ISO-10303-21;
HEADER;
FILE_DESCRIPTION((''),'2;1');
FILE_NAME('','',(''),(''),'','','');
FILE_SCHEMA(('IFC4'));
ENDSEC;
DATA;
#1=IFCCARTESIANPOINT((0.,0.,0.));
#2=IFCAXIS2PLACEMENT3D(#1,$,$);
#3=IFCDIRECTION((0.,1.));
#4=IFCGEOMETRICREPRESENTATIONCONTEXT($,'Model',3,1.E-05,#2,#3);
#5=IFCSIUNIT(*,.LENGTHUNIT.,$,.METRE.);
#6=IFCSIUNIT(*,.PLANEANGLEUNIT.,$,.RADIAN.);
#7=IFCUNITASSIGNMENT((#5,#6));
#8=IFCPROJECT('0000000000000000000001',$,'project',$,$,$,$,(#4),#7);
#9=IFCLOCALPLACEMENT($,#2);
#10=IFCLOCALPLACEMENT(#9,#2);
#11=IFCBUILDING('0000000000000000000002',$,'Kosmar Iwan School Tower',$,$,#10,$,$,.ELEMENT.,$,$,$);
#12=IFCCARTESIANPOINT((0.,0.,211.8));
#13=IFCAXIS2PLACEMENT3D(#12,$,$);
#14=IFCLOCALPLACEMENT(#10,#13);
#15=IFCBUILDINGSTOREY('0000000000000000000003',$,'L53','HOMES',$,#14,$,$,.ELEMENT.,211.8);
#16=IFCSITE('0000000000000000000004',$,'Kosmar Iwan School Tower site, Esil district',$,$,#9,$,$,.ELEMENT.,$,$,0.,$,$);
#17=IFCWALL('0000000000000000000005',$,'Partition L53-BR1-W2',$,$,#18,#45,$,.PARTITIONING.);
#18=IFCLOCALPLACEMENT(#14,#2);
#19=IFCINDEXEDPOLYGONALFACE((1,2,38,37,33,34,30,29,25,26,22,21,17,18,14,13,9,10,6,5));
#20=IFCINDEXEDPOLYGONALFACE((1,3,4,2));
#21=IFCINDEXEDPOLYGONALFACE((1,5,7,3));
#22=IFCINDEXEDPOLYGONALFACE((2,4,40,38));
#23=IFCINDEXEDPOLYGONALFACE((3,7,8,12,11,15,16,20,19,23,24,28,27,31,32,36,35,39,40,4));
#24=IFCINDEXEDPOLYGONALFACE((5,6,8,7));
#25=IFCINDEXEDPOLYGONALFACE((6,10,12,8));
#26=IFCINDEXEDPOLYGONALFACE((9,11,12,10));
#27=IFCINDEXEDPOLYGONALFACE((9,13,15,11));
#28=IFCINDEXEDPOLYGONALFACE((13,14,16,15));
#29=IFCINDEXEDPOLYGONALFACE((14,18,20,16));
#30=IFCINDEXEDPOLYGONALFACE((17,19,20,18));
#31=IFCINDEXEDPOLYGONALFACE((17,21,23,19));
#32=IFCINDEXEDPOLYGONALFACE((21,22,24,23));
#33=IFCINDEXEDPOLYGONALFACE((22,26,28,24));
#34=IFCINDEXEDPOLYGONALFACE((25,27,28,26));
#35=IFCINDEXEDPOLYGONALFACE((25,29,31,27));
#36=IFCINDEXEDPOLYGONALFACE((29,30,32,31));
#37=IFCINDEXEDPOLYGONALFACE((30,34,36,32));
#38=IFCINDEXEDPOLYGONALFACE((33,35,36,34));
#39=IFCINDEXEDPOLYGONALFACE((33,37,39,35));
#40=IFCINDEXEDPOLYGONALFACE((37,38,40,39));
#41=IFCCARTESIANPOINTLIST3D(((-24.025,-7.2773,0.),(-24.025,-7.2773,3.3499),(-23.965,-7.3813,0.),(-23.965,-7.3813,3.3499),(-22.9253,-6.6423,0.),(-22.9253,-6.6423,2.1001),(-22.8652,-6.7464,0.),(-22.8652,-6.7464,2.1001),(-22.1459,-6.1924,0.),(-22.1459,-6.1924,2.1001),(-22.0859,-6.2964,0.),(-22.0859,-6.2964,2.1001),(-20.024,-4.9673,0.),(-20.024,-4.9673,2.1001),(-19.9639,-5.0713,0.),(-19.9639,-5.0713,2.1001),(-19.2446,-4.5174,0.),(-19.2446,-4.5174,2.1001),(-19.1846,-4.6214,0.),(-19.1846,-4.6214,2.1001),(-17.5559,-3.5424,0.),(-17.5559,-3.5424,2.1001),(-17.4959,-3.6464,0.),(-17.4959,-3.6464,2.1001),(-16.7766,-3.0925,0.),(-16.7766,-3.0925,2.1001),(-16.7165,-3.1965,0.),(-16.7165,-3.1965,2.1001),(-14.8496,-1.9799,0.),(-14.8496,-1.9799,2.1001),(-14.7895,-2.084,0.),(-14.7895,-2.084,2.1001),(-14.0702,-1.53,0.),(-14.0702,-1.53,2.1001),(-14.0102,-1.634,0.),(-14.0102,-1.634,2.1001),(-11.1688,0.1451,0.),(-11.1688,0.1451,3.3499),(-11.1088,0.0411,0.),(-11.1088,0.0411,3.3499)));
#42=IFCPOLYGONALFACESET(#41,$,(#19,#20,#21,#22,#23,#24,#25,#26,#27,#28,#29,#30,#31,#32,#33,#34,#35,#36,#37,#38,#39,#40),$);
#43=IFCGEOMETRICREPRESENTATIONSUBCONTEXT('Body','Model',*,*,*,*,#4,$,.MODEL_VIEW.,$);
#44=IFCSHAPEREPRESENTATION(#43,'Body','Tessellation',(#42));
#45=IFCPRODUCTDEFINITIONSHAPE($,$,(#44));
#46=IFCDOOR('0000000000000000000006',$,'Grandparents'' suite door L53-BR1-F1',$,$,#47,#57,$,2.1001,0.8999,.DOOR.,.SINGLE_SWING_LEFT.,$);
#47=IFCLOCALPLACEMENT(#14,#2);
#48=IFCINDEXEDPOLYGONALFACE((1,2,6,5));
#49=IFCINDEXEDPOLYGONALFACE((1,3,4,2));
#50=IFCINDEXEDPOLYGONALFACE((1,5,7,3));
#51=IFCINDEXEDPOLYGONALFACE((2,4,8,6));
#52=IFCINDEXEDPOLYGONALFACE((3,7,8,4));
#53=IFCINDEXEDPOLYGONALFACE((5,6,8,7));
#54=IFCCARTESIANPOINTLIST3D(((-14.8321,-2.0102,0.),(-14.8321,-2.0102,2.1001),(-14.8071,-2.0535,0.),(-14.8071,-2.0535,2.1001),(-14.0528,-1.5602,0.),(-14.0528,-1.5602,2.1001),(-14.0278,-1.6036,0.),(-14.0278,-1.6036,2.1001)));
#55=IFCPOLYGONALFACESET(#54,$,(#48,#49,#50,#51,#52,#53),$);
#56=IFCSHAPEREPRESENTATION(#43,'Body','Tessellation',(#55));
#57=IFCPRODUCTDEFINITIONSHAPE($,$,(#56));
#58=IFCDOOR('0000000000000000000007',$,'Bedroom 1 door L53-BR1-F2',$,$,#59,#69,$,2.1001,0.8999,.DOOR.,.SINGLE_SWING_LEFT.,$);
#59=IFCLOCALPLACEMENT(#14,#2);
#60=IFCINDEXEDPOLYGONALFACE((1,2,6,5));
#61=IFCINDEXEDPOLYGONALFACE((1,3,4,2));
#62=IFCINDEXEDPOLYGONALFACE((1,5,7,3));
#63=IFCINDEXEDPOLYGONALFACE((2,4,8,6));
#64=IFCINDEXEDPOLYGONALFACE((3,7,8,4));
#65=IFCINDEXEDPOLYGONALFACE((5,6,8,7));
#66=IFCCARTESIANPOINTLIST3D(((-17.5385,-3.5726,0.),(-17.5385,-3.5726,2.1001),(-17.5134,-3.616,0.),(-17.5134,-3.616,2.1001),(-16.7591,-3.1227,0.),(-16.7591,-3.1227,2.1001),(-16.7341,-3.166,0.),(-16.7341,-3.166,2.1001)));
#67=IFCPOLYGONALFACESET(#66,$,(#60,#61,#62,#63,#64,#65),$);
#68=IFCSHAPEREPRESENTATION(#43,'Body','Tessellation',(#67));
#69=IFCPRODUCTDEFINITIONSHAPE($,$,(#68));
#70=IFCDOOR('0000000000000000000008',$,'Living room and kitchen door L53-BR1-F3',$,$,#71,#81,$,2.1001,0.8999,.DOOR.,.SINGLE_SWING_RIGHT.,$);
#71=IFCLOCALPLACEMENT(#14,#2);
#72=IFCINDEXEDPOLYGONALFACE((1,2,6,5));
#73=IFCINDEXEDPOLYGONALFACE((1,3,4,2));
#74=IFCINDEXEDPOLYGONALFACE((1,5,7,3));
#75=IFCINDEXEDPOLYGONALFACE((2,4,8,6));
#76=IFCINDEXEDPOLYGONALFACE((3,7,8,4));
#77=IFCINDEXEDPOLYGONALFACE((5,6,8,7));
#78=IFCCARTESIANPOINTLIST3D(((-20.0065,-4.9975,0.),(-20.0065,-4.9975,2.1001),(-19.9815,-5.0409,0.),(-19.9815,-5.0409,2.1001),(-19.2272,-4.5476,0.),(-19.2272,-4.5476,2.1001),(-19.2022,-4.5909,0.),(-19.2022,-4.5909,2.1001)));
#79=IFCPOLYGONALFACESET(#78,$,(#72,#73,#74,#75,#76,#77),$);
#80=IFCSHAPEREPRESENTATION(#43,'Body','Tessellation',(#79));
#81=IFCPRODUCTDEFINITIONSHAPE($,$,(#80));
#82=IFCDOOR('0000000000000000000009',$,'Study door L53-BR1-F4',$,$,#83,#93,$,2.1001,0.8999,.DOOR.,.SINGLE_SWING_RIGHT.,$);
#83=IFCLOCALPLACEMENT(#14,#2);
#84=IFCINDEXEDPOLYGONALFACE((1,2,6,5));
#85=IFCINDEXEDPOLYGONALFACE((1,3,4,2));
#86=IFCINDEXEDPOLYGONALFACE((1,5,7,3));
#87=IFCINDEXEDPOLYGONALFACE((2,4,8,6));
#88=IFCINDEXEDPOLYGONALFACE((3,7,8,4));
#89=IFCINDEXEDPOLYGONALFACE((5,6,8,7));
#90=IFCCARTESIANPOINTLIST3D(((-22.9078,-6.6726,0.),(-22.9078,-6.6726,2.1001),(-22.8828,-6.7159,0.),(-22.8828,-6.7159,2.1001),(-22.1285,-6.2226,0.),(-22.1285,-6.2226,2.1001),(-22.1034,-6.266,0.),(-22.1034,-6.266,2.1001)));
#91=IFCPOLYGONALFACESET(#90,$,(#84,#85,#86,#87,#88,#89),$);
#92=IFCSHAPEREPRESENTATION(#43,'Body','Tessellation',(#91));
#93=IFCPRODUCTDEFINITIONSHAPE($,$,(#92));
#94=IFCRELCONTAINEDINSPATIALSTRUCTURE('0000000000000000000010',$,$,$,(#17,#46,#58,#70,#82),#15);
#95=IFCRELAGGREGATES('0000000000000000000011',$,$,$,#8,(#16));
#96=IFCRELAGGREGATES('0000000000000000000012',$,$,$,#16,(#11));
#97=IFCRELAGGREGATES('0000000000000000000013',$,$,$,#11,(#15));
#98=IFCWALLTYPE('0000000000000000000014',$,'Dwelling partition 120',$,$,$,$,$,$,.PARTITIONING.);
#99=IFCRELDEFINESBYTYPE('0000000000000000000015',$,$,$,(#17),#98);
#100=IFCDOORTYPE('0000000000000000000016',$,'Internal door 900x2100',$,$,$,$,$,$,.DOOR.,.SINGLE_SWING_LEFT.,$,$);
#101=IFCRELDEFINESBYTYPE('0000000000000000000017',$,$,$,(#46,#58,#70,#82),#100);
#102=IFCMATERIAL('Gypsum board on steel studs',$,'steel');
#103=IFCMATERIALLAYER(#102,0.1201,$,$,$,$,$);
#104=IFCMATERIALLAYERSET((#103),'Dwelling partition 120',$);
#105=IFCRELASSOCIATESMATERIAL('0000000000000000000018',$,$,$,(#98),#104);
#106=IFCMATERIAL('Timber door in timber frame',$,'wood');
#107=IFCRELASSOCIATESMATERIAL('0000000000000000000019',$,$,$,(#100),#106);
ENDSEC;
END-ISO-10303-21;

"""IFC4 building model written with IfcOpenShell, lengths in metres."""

from ifc_helpers import new_model, si_unit, direction, frame, frame_2d, origin, place, context, subcontext, project, spatial, rectangle, extrude, material, layer, layer_set, type_object, element, fill, save


model = new_model("IFC4")

# Units and contexts
model_context = context("Model", 3, precision=1e-05, world=origin(), true_north=direction((0.0, 1.0)))
body_context = subcontext(model_context, "Body", "Model", "MODEL_VIEW")
ifc_project = project(units=[si_unit("LENGTHUNIT", "METRE"), si_unit("PLANEANGLEUNIT", "RADIAN")], contexts=[model_context])

# Site, building, storey
site_placement = place(None, origin())
site = spatial("IfcSite", under=ifc_project, at=site_placement, Name="Kosmar Iwan School Tower site, Esil district", CompositionType="ELEMENT", RefElevation=0.0)
building_placement = place(site_placement, origin())
building = spatial("IfcBuilding", under=site, at=building_placement, Name="Kosmar Iwan School Tower", CompositionType="ELEMENT")
storey_placement = place(building_placement, frame((0.0, 0.0, 211.8)))
storey = spatial("IfcBuildingStorey", under=building, at=storey_placement, Name="L53", Description="HOMES", CompositionType="ELEMENT", Elevation=211.8)

# Wall, openings, doors
ifc_material_1 = material(Name="Gypsum board on steel studs", Category="steel")
ifc_layer_1 = layer(ifc_material_1, 0.1201)
ifc_layer_set_1 = layer_set([ifc_layer_1], Name="Dwelling partition 120")
wall_type_1 = type_object("IfcWallType", Name="Dwelling partition 120", PredefinedType="PARTITIONING", material=ifc_layer_set_1)
wall_1_placement = place(storey_placement, frame((-11.1389, 0.093, 0.0), z_axis=(0.0, 0.0, 1.0), x_axis=(-0.86603, -0.499992, 0.0)))
wall_1 = element("IfcWall", 1, at=wall_1_placement, inside=storey, type_object=wall_type_1, Name="Partition L53-BR1-W2", PredefinedType="PARTITIONING", context=body_context, shape_type="SweptSolid", body=[
    extrude(rectangle(XDim=14.845, YDim=0.1201, at=frame_2d((7.4224, 0.0))), origin(), (0.0, 0.0, 1.0), 3.3499),
])
opening_1_placement = place(wall_1_placement, frame((3.3501, 0.0, 0.0)))
opening_1 = element("IfcOpeningElement", 2, at=opening_1_placement, cuts=wall_1, PredefinedType="OPENING", context=body_context, shape_type="SweptSolid", body=[
    extrude(rectangle(XDim=0.8999, YDim=2.1001, at=frame_2d((0.45, 1.05))), frame((0.0, 0.072, 0.0), z_axis=(0.0, -1.0, 0.0), x_axis=(1.0, 0.0, 0.0)), (0.0, 0.0, 1.0), 0.144),
])
opening_2_placement = place(wall_1_placement, frame((6.4751, 0.0, 0.0)))
opening_2 = element("IfcOpeningElement", 3, at=opening_2_placement, cuts=wall_1, PredefinedType="OPENING", context=body_context, shape_type="SweptSolid", body=[
    extrude(rectangle(XDim=0.8999, YDim=2.1001, at=frame_2d((0.45, 1.05))), frame((0.0, 0.072, 0.0), z_axis=(0.0, -1.0, 0.0), x_axis=(1.0, 0.0, 0.0)), (0.0, 0.0, 1.0), 0.144),
])
opening_3_placement = place(wall_1_placement, frame((9.325, 0.0, 0.0)))
opening_3 = element("IfcOpeningElement", 4, at=opening_3_placement, cuts=wall_1, PredefinedType="OPENING", context=body_context, shape_type="SweptSolid", body=[
    extrude(rectangle(XDim=0.8999, YDim=2.1001, at=frame_2d((0.45, 1.05))), frame((0.0, 0.072, 0.0), z_axis=(0.0, -1.0, 0.0), x_axis=(1.0, 0.0, 0.0)), (0.0, 0.0, 1.0), 0.144),
])
opening_4_placement = place(wall_1_placement, frame((12.675, 0.0, 0.0)))
opening_4 = element("IfcOpeningElement", 5, at=opening_4_placement, cuts=wall_1, PredefinedType="OPENING", context=body_context, shape_type="SweptSolid", body=[
    extrude(rectangle(XDim=0.8999, YDim=2.1001, at=frame_2d((0.45, 1.05))), frame((0.0, 0.072, 0.0), z_axis=(0.0, -1.0, 0.0), x_axis=(1.0, 0.0, 0.0)), (0.0, 0.0, 1.0), 0.144),
])
ifc_material_2 = material(Name="Timber door in timber frame", Category="wood")
door_type = type_object("IfcDoorType", Name="Internal door 900x2100", OperationType="SINGLE_SWING_LEFT", PredefinedType="DOOR", material=ifc_material_2)
door_1_placement = place(opening_1_placement, origin())
door_1 = element("IfcDoor", 6, at=door_1_placement, inside=storey, type_object=door_type, Name="Grandparents' suite door L53-BR1-F1", OperationType="SINGLE_SWING_LEFT", OverallHeight=2.1001, OverallWidth=0.8999, PredefinedType="DOOR", context=body_context, shape_type="SweptSolid", body=[
    extrude(rectangle(XDim=0.8999, YDim=2.1001, at=frame_2d((0.45, 1.05))), frame((0.0, 0.0249, 0.0), z_axis=(0.0, -1.0, 0.0), x_axis=(1.0, 0.0, 0.0)), (0.0, 0.0, 1.0), 0.05),
])
fill(opening_1, door_1)
door_2_placement = place(opening_2_placement, origin())
door_2 = element("IfcDoor", 7, at=door_2_placement, inside=storey, type_object=door_type, Name="Bedroom 1 door L53-BR1-F2", OperationType="SINGLE_SWING_LEFT", OverallHeight=2.1001, OverallWidth=0.8999, PredefinedType="DOOR", context=body_context, shape_type="SweptSolid", body=[
    extrude(rectangle(XDim=0.8999, YDim=2.1001, at=frame_2d((0.45, 1.05))), frame((0.0, 0.0249, 0.0), z_axis=(0.0, -1.0, 0.0), x_axis=(1.0, 0.0, 0.0)), (0.0, 0.0, 1.0), 0.05),
])
fill(opening_2, door_2)
door_3_placement = place(opening_3_placement, origin())
door_3 = element("IfcDoor", 8, at=door_3_placement, inside=storey, type_object=door_type, Name="Living room and kitchen door L53-BR1-F3", OperationType="SINGLE_SWING_RIGHT", OverallHeight=2.1001, OverallWidth=0.8999, PredefinedType="DOOR", context=body_context, shape_type="SweptSolid", body=[
    extrude(rectangle(XDim=0.8999, YDim=2.1001, at=frame_2d((0.45, 1.05))), frame((0.0, 0.0249, 0.0), z_axis=(0.0, -1.0, 0.0), x_axis=(1.0, 0.0, 0.0)), (0.0, 0.0, 1.0), 0.05),
])
fill(opening_3, door_3)
door_4_placement = place(opening_4_placement, origin())
door_4 = element("IfcDoor", 9, at=door_4_placement, inside=storey, type_object=door_type, Name="Study door L53-BR1-F4", OperationType="SINGLE_SWING_RIGHT", OverallHeight=2.1001, OverallWidth=0.8999, PredefinedType="DOOR", context=body_context, shape_type="SweptSolid", body=[
    extrude(rectangle(XDim=0.8999, YDim=2.1001, at=frame_2d((0.45, 1.05))), frame((0.0, 0.0249, 0.0), z_axis=(0.0, -1.0, 0.0), x_axis=(1.0, 0.0, 0.0)), (0.0, 0.0, 1.0), 0.05),
])
fill(opening_4, door_4)

save(model, "model.ifc")
